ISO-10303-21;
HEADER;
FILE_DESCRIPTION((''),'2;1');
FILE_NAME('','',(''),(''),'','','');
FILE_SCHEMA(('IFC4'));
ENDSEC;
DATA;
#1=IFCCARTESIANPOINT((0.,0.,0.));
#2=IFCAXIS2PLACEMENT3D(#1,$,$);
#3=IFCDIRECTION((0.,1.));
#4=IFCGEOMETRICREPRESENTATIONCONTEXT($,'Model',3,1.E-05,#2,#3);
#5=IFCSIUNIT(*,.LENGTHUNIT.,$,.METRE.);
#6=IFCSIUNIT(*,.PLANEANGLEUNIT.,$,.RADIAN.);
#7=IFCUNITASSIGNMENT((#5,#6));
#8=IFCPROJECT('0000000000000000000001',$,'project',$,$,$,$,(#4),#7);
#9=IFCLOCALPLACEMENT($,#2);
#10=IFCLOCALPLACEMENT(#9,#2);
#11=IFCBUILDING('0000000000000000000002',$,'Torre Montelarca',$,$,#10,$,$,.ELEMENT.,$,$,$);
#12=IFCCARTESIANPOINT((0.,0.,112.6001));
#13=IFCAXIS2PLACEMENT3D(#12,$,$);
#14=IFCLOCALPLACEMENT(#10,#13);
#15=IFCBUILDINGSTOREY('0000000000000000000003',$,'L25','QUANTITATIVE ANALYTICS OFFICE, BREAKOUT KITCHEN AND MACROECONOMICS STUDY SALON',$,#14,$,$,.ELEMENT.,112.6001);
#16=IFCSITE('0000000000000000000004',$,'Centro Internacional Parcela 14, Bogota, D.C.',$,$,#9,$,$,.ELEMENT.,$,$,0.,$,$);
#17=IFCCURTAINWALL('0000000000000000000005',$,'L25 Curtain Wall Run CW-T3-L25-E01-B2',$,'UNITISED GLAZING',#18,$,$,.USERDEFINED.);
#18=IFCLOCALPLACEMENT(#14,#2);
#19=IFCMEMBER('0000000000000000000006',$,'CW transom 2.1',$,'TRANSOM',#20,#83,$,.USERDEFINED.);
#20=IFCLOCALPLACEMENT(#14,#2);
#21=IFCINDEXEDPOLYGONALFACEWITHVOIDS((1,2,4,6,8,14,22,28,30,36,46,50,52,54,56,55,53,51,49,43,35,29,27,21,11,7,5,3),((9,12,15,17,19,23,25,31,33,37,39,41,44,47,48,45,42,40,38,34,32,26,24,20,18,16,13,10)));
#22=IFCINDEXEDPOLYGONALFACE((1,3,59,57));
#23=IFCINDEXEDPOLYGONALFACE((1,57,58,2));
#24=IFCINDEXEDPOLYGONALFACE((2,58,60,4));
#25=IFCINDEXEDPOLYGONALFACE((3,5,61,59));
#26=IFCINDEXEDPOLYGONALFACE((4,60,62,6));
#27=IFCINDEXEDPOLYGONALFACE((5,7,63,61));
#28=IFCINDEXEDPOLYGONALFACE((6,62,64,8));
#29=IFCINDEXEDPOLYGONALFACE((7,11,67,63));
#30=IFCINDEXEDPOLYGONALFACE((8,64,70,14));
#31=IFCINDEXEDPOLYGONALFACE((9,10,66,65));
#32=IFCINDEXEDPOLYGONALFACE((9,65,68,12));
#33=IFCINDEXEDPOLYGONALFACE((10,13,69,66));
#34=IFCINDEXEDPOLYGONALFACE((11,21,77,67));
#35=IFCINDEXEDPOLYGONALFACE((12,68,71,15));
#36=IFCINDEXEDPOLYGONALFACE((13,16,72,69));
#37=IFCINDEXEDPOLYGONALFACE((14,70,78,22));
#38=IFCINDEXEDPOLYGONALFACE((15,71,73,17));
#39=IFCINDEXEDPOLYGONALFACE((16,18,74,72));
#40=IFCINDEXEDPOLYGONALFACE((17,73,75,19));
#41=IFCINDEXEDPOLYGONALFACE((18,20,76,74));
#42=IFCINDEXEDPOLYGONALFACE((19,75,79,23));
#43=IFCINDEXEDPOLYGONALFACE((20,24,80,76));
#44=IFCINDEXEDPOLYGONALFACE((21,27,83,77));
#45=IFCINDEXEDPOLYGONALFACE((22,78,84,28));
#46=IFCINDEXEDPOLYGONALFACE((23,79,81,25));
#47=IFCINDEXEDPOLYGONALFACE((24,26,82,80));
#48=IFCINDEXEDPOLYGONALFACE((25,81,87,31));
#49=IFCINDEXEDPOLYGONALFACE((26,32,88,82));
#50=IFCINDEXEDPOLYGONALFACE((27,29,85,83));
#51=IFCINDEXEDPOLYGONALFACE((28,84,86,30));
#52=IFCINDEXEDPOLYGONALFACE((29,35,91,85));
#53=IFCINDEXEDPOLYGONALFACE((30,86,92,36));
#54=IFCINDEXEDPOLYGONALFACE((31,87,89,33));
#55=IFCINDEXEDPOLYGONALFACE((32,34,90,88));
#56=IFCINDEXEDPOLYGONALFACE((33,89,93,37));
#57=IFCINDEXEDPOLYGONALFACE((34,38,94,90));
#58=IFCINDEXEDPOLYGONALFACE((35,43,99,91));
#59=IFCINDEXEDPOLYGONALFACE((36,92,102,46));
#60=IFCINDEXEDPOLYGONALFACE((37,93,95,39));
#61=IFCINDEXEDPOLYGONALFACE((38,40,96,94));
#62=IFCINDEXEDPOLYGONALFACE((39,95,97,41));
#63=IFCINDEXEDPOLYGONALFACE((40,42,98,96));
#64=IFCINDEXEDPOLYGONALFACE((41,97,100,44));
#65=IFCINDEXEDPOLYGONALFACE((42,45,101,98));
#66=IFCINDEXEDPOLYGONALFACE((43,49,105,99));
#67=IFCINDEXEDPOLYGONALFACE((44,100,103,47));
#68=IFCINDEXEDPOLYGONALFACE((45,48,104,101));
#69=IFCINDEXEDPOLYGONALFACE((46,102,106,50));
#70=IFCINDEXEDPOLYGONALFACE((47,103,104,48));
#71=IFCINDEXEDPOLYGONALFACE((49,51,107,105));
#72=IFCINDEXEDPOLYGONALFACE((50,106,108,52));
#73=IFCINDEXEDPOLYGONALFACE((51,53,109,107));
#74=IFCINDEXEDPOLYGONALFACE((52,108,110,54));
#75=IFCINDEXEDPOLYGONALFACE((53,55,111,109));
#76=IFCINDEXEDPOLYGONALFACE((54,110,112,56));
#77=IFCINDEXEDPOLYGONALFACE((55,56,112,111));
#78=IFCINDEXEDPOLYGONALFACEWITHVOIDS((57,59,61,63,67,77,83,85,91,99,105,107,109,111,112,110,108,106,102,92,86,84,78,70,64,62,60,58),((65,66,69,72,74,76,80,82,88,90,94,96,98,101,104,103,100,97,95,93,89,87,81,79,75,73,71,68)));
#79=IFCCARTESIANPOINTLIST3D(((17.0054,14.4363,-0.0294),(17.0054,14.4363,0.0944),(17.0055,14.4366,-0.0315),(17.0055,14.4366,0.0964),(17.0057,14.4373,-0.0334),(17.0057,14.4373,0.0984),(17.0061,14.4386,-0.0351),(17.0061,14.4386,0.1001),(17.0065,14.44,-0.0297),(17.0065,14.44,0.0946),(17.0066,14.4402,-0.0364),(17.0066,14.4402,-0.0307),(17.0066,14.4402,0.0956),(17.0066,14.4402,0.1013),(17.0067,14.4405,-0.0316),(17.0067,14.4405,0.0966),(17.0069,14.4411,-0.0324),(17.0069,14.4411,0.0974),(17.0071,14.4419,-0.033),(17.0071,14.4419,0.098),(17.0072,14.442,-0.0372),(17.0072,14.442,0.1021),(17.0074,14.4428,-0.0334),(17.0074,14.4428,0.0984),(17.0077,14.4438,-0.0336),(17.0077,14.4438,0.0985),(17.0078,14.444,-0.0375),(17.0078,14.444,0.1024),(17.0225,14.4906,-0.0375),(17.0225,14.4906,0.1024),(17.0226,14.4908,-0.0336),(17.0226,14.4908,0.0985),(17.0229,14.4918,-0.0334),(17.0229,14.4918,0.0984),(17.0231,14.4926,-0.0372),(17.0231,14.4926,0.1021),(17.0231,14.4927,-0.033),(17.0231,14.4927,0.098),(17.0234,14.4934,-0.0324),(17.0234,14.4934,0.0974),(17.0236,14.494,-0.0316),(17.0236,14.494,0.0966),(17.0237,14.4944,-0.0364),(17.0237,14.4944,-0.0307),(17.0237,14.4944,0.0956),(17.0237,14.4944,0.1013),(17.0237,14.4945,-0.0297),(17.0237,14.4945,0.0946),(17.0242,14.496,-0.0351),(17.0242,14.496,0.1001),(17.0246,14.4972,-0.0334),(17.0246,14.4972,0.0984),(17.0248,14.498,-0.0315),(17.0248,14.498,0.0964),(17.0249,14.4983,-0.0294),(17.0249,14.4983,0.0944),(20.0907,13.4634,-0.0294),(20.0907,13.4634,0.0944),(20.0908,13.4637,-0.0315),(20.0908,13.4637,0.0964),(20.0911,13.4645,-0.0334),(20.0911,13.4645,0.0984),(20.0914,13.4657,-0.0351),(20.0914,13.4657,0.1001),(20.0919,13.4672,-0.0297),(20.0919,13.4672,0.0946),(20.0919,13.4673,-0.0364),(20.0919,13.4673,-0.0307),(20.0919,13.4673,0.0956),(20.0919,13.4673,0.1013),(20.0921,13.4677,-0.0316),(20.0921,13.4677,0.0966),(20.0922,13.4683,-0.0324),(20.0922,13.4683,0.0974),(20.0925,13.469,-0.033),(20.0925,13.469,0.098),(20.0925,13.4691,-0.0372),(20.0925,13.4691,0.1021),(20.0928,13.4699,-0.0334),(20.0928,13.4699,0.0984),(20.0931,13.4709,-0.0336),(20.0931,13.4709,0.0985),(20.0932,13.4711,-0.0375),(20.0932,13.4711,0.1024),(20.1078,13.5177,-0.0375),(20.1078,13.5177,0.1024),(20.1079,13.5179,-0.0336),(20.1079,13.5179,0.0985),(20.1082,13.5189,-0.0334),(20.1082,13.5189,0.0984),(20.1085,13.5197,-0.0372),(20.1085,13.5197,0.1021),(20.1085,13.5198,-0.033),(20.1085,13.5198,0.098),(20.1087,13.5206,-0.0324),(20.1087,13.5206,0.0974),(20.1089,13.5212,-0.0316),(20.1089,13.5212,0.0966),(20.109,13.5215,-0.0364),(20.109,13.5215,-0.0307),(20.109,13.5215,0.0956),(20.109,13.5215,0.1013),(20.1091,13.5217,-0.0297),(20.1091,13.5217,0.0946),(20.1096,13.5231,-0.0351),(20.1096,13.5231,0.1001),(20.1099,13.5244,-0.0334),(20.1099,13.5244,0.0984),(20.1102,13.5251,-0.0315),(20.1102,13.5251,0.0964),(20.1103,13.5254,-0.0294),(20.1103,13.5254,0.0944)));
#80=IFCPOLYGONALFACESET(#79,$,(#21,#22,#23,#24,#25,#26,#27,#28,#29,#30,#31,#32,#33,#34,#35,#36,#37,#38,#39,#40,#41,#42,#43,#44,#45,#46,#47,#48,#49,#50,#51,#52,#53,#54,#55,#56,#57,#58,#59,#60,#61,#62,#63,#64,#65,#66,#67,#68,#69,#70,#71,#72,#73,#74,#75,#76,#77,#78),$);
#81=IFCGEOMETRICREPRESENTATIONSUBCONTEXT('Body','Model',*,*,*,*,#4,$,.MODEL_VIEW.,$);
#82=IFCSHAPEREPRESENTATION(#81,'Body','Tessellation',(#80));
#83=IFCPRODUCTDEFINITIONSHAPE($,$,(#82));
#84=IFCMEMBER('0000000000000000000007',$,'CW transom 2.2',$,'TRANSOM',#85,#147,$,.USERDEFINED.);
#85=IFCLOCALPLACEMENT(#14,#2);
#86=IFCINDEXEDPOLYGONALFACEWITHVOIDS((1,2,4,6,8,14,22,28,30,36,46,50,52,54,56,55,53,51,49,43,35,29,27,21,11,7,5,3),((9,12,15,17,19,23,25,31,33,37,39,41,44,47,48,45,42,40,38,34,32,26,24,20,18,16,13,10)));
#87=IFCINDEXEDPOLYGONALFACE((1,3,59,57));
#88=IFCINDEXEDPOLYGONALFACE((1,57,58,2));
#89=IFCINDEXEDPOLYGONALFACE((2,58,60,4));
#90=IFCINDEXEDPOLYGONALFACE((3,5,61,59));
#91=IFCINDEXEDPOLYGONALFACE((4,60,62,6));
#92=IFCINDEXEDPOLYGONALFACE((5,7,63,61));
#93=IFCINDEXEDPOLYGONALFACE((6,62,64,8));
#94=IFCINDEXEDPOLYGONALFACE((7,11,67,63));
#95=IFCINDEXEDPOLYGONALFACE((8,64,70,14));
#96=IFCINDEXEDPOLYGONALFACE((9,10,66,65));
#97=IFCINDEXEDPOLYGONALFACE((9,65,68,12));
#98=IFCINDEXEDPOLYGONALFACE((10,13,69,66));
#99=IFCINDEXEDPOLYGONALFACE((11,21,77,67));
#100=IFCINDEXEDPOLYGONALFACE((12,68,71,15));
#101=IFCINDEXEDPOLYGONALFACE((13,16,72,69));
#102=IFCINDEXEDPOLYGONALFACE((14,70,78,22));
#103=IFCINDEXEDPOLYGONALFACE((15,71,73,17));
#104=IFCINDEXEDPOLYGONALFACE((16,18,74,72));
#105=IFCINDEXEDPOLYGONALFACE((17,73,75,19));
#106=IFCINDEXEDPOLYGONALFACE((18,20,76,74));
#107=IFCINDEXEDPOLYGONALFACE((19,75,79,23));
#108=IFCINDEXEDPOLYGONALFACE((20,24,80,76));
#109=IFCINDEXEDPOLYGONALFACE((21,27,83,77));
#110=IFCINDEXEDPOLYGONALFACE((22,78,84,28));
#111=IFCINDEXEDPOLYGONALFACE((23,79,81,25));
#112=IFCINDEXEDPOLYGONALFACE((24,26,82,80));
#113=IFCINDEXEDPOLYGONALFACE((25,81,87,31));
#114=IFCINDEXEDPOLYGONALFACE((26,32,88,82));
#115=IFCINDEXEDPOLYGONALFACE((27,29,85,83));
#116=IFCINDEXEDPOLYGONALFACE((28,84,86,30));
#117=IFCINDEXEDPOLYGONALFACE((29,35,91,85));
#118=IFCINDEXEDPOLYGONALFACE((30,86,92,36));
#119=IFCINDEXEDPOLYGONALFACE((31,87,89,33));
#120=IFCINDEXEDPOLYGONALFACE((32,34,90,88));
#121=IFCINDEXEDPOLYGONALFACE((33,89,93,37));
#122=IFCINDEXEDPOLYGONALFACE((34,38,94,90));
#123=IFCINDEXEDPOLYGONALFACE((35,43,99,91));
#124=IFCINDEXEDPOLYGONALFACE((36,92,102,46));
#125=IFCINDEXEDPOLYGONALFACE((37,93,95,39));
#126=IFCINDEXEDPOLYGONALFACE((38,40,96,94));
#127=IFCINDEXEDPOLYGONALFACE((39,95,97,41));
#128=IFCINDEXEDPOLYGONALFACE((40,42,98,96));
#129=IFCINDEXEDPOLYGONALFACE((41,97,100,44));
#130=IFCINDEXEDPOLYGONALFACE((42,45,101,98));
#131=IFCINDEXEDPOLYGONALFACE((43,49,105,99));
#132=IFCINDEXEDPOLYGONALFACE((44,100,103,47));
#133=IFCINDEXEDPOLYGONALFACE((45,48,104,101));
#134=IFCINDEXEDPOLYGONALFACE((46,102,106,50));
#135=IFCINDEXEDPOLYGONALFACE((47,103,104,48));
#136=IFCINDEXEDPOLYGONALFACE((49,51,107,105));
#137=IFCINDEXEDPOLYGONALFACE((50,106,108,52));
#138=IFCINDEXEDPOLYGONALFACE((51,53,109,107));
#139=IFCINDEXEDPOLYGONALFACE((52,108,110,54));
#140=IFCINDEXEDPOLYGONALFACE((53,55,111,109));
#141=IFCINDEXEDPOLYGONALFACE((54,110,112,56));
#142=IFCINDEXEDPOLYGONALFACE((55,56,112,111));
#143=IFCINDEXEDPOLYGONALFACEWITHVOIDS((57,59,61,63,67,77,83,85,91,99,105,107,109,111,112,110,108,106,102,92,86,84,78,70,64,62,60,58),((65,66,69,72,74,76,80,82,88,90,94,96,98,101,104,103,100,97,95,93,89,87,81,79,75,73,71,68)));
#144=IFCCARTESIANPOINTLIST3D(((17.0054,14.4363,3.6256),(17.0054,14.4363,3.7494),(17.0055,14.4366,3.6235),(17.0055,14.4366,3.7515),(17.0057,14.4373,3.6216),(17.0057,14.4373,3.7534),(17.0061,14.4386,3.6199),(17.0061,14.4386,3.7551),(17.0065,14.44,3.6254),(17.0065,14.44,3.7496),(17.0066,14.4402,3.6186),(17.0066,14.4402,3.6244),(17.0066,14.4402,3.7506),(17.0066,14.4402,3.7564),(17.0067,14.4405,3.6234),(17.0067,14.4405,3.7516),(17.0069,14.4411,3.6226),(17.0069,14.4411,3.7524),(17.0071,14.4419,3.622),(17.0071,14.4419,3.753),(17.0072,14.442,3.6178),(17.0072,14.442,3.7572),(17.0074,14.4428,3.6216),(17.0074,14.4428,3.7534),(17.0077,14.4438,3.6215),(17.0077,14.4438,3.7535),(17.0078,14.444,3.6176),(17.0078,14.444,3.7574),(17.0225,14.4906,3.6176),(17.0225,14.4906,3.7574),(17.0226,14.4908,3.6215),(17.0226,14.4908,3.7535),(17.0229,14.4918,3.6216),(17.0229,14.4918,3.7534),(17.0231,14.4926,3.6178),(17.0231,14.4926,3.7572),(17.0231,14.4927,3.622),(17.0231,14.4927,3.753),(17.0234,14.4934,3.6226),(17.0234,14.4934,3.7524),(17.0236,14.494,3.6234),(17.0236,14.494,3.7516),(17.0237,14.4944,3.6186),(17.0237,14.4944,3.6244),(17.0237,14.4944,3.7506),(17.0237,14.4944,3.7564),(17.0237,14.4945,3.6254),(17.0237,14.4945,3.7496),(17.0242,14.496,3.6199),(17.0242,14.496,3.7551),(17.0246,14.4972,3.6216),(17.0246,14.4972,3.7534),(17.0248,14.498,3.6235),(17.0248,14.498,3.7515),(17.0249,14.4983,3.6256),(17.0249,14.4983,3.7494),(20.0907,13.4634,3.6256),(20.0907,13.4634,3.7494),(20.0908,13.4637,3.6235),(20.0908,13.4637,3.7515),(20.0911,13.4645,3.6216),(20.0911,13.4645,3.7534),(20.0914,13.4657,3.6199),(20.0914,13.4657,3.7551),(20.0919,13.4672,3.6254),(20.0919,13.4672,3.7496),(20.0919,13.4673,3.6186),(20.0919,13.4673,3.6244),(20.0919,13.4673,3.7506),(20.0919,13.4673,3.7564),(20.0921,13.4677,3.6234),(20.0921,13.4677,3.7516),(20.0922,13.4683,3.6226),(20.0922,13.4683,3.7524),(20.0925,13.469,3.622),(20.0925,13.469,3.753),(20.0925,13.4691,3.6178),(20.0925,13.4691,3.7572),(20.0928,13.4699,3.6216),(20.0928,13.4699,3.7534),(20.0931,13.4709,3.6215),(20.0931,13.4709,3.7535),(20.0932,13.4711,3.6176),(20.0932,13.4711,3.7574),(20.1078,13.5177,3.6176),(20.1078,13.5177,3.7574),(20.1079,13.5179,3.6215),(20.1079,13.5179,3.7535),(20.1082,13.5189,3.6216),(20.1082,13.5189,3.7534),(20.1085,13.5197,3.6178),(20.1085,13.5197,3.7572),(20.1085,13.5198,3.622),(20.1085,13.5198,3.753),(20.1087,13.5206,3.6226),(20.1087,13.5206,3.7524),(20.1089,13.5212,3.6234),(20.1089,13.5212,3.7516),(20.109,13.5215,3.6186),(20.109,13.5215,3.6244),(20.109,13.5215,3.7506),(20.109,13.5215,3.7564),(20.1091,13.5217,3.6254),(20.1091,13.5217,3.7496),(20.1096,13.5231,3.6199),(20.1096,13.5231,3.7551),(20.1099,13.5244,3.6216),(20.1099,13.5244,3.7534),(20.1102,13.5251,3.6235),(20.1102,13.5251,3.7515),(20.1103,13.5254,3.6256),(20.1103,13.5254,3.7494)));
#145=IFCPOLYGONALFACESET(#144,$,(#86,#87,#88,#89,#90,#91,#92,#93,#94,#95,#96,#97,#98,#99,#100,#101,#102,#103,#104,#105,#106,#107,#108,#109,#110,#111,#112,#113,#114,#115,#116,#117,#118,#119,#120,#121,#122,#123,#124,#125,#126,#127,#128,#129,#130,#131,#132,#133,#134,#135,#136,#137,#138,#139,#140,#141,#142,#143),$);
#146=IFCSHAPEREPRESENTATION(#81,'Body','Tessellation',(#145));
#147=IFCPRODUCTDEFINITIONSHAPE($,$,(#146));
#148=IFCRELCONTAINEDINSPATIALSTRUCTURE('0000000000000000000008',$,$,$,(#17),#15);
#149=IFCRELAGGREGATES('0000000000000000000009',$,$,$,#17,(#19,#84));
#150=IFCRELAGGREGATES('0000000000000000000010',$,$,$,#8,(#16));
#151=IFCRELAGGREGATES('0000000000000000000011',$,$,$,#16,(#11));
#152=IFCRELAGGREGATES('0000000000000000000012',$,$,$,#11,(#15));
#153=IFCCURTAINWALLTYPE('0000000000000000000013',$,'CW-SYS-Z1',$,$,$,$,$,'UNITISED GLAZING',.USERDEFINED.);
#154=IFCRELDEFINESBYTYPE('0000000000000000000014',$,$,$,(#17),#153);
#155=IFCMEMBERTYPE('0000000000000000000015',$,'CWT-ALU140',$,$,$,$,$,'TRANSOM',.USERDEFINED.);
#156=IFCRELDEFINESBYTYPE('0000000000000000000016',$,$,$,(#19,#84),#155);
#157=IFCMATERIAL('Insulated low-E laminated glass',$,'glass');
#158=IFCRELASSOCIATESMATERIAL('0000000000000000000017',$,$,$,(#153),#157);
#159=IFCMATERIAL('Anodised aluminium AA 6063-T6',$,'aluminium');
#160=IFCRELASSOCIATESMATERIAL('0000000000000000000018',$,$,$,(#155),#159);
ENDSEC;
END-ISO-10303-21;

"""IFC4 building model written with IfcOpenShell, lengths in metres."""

from ifc_helpers import new_model, si_unit, direction, frame, origin, origin_2d, place, context, subcontext, project, spatial, hollow_rectangle, extrude, source, transform, mapped, material, material_profile, profile_set, type_object, element, aggregate, save


model = new_model("IFC4")

# Units and contexts
model_context = context("Model", 3, precision=1e-05, world=origin(), true_north=direction((0.0, 1.0)))
body_context = subcontext(model_context, "Body", "Model", "MODEL_VIEW")
ifc_project = project(units=[si_unit("LENGTHUNIT", "METRE"), si_unit("PLANEANGLEUNIT", "RADIAN")], contexts=[model_context])

# Site, building, storey
site_placement = place(None, origin())
site = spatial("IfcSite", under=ifc_project, at=site_placement, Name="Centro Internacional Parcela 14, Bogota, D.C.", CompositionType="ELEMENT", RefElevation=0.0)
building_placement = place(site_placement, origin())
building = spatial("IfcBuilding", under=site, at=building_placement, Name="Torre Montelarca", CompositionType="ELEMENT")
storey_placement = place(building_placement, frame((0.0, 0.0, 112.6001)))
storey = spatial("IfcBuildingStorey", under=building, at=storey_placement, Name="L25", Description="QUANTITATIVE ANALYTICS OFFICE, BREAKOUT KITCHEN AND MACROECONOMICS STUDY SALON", CompositionType="ELEMENT", Elevation=112.6001)

# Curtain wall, members
ifc_material_1 = material(Name="Insulated low-E laminated glass", Category="glass")
curtain_wall_type = type_object("IfcCurtainWallType", Name="CW-SYS-Z1", ElementType="UNITISED GLAZING", PredefinedType="USERDEFINED", material=ifc_material_1)
ifc_material_2 = material(Name="Anodised aluminium AA 6063-T6", Category="aluminium")
ifc_material_profile_1 = material_profile(ifc_material_2, hollow_rectangle(XDim=0.0649, YDim=0.1399, WallThickness=0.0039, InnerFilletRadius=0.0039, OuterFilletRadius=0.0081, at=origin_2d()), Name="ALU65X140X4", Category="aluminium")
ifc_profile_set_1 = profile_set([ifc_material_profile_1], Name="Anodised aluminium AA 6063-T6")
member_type_1 = type_object("IfcMemberType", Name="CWT-ALU140", ElementType="TRANSOM", PredefinedType="USERDEFINED", material=ifc_profile_set_1)
curtain_wall_1_placement = place(storey_placement, origin())
curtain_wall_1 = element("IfcCurtainWall", 1, at=curtain_wall_1_placement, inside=storey, type_object=curtain_wall_type, Name="L25 Curtain Wall Run CW-T3-L25-E01-B2", ObjectType="UNITISED GLAZING", PredefinedType="USERDEFINED")
shared_shape_1 = source(origin(), body_context, "Body", "SweptSolid", [
    extrude(hollow_rectangle(XDim=0.0649, YDim=0.1399, WallThickness=0.0039, InnerFilletRadius=0.0039, OuterFilletRadius=0.0081, at=origin_2d()), origin(), (0.0, 0.0, 1.0), 3.2351),
])
member_1_placement = place(storey_placement, frame((17.0151, 14.4673, 0.0325), z_axis=(0.953711, -0.300723, 0.0), x_axis=(0.300723, 0.953711, 0.0)))
member_1 = element("IfcMember", 2, at=member_1_placement, type_object=member_type_1, Name="CW transom 2.1", ObjectType="TRANSOM", PredefinedType="USERDEFINED", context=body_context, shape_type="MappedRepresentation", body=[
    mapped(shared_shape_1, transform((0.0, 0.0, 0.0), scale=1.0)),
])
member_2_placement = place(storey_placement, frame((17.0151, 14.4673, 3.6875), z_axis=(0.953711, -0.300723, 0.0), x_axis=(0.300723, 0.953711, 0.0)))
member_2 = element("IfcMember", 3, at=member_2_placement, type_object=member_type_1, Name="CW transom 2.2", ObjectType="TRANSOM", PredefinedType="USERDEFINED", context=body_context, shape_type="MappedRepresentation", body=[
    mapped(shared_shape_1, transform((0.0, 0.0, 0.0), scale=1.0)),
])

aggregate(curtain_wall_1, [member_1, member_2])

save(model, "model.ifc")
